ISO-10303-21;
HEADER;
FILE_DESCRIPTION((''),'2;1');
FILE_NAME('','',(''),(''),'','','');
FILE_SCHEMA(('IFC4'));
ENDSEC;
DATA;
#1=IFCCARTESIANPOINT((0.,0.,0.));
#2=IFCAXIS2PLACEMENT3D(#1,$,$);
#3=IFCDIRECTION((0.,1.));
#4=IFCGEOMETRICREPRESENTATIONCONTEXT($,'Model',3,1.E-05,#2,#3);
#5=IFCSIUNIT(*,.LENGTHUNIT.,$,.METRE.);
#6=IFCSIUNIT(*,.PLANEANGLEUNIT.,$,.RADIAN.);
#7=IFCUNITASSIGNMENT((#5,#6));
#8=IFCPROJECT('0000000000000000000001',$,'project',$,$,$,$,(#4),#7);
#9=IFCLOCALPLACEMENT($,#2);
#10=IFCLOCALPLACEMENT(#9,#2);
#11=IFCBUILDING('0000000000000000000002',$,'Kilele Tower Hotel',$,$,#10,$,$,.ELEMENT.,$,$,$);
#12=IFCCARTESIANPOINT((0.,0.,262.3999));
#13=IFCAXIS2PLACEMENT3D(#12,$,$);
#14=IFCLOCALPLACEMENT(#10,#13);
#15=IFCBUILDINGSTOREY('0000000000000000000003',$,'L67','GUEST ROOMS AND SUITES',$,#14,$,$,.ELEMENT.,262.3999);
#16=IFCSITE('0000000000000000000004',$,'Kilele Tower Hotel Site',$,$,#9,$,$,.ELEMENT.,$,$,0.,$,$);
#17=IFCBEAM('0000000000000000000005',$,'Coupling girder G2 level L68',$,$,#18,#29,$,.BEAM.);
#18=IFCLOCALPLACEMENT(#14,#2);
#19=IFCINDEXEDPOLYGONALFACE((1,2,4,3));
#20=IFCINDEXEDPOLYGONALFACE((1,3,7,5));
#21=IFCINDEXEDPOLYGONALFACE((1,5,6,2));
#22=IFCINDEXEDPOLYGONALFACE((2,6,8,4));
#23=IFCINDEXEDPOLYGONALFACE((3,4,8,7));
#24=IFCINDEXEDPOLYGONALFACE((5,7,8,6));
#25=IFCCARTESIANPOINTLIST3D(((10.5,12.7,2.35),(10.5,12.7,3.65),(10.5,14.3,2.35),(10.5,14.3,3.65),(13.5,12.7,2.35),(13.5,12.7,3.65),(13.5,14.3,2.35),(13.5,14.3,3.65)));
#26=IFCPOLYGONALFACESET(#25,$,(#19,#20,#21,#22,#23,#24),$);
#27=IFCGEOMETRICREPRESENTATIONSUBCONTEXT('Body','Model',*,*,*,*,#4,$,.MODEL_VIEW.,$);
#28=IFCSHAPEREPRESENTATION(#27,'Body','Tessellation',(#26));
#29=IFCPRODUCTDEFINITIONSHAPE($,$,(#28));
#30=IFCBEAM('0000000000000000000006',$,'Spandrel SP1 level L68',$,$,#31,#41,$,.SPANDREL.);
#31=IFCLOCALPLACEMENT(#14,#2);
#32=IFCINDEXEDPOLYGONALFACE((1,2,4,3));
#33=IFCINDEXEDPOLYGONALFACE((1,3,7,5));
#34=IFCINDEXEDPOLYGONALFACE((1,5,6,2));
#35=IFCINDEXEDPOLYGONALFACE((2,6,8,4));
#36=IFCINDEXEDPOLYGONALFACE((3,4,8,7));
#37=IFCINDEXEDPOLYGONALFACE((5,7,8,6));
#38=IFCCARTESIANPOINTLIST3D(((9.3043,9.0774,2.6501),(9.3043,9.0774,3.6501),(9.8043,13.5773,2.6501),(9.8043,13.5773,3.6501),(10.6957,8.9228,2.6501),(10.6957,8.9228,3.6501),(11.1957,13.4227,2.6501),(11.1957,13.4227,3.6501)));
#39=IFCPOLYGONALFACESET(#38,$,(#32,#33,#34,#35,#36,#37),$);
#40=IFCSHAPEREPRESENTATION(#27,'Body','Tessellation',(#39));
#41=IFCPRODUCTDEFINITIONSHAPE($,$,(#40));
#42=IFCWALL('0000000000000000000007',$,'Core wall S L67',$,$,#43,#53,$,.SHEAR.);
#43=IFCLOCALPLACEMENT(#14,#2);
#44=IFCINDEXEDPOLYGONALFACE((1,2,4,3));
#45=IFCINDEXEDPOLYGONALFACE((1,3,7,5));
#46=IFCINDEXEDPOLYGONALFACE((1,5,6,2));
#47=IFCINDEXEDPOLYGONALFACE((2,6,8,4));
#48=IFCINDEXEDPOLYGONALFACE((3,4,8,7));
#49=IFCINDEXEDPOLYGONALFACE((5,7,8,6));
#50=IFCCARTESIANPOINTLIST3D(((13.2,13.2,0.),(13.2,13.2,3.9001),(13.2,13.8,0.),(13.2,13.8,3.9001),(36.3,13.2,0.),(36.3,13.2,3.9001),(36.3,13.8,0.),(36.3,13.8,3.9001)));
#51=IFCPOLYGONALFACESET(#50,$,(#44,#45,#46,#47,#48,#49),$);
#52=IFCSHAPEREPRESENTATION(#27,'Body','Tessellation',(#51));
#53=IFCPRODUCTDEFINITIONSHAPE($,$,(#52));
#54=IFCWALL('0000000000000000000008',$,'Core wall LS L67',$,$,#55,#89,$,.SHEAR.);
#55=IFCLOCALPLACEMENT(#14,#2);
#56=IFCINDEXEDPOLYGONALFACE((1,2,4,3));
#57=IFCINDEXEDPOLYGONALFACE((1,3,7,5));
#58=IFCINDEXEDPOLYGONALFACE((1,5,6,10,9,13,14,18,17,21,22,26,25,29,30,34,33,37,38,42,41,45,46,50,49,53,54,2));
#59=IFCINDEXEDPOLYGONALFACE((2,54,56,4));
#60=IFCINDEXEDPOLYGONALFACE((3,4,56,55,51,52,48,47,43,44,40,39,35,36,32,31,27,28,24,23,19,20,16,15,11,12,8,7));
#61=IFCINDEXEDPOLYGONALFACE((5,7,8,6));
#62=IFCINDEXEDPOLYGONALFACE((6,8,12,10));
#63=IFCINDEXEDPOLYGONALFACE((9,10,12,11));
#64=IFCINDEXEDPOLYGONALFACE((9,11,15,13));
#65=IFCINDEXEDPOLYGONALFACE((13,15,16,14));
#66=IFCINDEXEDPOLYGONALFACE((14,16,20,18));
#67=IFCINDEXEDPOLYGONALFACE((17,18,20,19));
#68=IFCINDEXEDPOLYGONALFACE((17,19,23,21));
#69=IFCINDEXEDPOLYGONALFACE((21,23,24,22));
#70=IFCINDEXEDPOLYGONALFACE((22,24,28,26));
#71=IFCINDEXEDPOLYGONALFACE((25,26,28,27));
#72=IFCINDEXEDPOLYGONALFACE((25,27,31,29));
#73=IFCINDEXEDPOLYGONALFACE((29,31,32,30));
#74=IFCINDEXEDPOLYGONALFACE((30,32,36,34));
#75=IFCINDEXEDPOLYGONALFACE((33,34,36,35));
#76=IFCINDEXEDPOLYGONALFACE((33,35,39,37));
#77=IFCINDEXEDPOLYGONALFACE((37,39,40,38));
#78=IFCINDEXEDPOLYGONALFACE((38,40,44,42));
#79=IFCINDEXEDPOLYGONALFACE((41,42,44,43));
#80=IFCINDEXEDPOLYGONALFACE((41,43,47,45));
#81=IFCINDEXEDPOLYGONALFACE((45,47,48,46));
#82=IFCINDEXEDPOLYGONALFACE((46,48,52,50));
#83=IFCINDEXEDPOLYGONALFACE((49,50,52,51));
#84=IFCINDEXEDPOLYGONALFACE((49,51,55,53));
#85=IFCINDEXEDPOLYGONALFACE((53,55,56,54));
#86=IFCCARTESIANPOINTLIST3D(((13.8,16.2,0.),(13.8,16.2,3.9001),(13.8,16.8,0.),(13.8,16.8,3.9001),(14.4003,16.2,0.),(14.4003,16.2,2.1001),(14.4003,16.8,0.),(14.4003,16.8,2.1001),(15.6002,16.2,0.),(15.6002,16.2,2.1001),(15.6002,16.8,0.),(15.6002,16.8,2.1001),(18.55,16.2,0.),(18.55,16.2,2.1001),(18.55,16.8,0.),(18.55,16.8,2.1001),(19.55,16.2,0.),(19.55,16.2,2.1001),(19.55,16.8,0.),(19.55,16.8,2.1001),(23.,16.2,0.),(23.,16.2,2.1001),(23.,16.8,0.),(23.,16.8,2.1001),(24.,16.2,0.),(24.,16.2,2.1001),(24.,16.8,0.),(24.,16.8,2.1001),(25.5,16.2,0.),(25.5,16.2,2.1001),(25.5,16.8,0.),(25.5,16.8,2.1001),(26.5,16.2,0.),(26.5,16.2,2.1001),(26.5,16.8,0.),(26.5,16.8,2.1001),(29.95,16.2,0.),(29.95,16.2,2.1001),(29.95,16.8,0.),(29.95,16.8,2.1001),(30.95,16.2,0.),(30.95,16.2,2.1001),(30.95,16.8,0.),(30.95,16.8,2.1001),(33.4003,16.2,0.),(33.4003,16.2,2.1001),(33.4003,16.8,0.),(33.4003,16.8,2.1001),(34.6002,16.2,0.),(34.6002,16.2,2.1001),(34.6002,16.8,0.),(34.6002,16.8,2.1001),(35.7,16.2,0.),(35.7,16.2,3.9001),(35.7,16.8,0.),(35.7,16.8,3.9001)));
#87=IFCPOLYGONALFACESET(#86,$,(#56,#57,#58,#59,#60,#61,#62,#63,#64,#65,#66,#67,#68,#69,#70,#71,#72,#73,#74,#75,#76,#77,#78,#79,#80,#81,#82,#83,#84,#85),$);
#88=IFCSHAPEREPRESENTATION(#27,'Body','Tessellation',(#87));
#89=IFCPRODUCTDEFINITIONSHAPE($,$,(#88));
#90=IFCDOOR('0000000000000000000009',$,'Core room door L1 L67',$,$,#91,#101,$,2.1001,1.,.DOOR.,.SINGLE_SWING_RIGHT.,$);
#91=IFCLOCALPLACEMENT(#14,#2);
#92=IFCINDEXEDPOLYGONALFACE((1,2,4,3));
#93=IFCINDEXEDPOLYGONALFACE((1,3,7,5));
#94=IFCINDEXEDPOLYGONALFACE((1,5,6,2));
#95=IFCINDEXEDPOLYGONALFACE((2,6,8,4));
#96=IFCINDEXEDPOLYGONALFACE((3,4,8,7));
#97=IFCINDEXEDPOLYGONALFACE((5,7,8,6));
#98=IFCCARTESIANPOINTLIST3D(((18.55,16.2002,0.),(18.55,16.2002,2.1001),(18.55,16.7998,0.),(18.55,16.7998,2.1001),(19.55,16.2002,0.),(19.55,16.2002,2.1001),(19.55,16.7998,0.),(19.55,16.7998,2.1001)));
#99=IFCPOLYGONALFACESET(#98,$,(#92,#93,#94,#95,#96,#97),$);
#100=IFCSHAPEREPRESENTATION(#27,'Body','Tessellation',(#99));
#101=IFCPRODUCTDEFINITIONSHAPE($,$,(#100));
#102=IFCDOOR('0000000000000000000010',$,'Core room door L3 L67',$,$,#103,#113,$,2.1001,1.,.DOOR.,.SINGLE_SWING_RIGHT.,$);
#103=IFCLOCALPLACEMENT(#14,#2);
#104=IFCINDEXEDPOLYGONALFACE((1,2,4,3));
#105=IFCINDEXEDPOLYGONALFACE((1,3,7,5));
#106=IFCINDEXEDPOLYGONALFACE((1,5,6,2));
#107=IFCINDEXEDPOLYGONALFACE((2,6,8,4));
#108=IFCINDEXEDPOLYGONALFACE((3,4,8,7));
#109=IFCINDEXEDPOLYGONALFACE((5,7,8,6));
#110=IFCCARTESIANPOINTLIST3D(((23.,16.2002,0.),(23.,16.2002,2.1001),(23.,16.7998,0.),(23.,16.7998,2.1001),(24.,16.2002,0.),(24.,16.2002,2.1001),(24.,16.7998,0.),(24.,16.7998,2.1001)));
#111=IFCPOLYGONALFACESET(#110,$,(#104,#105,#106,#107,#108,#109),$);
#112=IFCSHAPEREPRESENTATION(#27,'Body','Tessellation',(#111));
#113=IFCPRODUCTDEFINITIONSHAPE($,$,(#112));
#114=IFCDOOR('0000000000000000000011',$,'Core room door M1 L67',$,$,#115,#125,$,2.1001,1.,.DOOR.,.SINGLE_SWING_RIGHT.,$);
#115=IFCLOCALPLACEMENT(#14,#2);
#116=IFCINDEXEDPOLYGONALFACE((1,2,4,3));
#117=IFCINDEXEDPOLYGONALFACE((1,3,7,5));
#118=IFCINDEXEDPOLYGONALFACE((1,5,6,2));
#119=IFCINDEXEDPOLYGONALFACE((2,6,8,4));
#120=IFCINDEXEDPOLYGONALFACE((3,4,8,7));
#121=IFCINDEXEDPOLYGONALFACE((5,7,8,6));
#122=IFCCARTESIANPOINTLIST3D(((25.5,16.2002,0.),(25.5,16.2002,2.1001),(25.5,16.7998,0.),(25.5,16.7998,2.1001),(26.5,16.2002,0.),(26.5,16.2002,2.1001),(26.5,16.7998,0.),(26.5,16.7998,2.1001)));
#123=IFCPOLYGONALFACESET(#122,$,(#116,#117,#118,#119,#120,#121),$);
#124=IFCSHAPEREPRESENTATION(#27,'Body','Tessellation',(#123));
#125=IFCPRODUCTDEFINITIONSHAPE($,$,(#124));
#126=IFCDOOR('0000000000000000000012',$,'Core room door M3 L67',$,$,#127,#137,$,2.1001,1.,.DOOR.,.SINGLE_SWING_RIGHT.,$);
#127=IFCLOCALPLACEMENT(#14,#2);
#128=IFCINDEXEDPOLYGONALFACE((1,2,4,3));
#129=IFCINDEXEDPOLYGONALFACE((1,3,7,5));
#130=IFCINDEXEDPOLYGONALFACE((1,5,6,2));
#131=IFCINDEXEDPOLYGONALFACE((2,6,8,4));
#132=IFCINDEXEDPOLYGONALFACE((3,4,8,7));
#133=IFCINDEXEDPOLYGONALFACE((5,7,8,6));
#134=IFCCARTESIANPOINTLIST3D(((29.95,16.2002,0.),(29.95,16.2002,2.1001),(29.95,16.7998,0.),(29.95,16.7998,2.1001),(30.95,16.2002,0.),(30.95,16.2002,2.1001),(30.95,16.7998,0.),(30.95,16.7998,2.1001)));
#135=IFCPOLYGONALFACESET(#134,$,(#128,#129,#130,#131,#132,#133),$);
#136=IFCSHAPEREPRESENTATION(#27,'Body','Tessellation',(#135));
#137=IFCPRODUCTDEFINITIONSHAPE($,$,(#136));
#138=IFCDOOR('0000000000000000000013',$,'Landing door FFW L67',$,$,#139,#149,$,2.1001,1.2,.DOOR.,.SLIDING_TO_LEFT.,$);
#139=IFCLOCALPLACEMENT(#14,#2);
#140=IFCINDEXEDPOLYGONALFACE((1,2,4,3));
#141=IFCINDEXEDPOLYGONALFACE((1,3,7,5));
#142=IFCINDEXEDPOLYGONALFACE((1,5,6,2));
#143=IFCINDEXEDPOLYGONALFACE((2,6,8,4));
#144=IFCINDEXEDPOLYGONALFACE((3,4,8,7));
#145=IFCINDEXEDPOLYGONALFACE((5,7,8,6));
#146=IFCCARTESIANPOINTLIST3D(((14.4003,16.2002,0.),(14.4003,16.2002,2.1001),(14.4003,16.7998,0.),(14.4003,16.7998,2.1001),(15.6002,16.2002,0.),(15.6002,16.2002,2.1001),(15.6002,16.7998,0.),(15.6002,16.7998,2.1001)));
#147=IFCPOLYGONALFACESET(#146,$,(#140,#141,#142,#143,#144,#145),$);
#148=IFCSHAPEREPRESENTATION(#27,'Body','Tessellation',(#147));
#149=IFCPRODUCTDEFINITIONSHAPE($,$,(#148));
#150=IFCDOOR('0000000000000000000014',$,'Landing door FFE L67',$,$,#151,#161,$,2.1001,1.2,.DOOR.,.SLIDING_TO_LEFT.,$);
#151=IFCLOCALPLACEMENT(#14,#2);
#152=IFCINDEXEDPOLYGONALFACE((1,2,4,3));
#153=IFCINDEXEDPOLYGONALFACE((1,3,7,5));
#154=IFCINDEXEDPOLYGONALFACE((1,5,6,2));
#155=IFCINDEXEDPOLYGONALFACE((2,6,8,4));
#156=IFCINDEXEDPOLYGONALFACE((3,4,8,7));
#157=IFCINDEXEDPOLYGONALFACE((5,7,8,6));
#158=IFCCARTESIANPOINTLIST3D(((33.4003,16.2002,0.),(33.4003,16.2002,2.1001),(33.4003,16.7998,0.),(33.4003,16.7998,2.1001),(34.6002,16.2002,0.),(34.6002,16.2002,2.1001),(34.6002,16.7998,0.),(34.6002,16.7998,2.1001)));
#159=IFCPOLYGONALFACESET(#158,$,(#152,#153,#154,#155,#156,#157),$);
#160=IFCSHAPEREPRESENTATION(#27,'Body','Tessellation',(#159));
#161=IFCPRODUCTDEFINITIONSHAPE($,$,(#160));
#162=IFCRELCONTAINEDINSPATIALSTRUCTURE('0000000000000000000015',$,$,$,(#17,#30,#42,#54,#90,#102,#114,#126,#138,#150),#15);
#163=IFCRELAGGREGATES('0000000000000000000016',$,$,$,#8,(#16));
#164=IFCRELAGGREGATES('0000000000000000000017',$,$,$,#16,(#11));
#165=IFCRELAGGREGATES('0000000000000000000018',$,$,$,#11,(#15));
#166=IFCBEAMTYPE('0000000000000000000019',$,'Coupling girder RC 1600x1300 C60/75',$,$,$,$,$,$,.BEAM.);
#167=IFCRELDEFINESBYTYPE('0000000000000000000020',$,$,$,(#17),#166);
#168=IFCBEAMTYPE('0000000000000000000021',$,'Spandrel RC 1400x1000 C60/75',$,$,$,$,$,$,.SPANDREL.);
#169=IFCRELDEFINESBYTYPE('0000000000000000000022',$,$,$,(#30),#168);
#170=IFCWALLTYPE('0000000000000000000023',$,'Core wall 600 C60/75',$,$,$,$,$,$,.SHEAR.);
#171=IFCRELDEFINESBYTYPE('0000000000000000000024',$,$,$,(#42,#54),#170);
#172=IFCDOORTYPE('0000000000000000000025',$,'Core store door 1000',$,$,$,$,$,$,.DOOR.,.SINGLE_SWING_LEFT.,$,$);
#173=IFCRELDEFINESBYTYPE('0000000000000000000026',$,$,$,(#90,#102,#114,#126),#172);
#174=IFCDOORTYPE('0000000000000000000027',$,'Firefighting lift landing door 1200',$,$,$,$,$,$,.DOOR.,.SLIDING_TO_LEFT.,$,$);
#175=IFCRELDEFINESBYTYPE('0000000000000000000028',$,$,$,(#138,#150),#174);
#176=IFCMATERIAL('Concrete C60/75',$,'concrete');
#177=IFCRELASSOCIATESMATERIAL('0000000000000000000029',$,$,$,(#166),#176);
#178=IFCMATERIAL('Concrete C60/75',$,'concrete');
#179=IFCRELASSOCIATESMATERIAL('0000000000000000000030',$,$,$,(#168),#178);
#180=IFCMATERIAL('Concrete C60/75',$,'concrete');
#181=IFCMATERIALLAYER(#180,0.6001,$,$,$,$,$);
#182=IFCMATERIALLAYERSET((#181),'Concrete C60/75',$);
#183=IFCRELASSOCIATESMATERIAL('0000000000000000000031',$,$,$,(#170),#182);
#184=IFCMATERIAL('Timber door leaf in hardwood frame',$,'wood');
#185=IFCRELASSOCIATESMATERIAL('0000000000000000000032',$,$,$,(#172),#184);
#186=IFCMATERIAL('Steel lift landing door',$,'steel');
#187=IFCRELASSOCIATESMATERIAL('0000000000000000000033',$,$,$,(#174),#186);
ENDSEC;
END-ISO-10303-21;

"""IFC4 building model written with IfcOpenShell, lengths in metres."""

from ifc_helpers import new_model, si_unit, direction, frame, frame_2d, origin, origin_2d, place, context, subcontext, project, spatial, rectangle, extrude, material, layer, layer_set, material_profile, profile_set, type_object, element, fill, save


model = new_model("IFC4")

# Units and contexts
model_context = context("Model", 3, precision=1e-05, world=origin(), true_north=direction((0.0, 1.0)))
body_context = subcontext(model_context, "Body", "Model", "MODEL_VIEW")
ifc_project = project(units=[si_unit("LENGTHUNIT", "METRE"), si_unit("PLANEANGLEUNIT", "RADIAN")], contexts=[model_context])

# Site, building, storey
site_placement = place(None, origin())
site = spatial("IfcSite", under=ifc_project, at=site_placement, Name="Kilele Tower Hotel Site", CompositionType="ELEMENT", RefElevation=0.0)
building_placement = place(site_placement, origin())
building = spatial("IfcBuilding", under=site, at=building_placement, Name="Kilele Tower Hotel", CompositionType="ELEMENT")
storey_placement = place(building_placement, frame((0.0, 0.0, 262.3999)))
storey = spatial("IfcBuildingStorey", under=building, at=storey_placement, Name="L67", Description="GUEST ROOMS AND SUITES", CompositionType="ELEMENT", Elevation=262.3999)

# Beams
ifc_material_1 = material(Name="Concrete C60/75", Category="concrete")
ifc_material_profile_1 = material_profile(ifc_material_1, rectangle(XDim=1.6001, YDim=1.3, at=origin_2d()))
ifc_profile_set_1 = profile_set([ifc_material_profile_1], Name="Concrete C60/75")
beam_type_1 = type_object("IfcBeamType", Name="Coupling girder RC 1600x1300 C60/75", PredefinedType="BEAM", material=ifc_profile_set_1)
beam_1_placement = place(storey_placement, frame((10.5, 13.5, 3.0), z_axis=(1.0, 0.0, 0.0), x_axis=(0.0, 1.0, 0.0)))
element("IfcBeam", 1, at=beam_1_placement, inside=storey, type_object=beam_type_1, Name="Coupling girder G2 level L68", PredefinedType="BEAM", context=body_context, shape_type="SweptSolid", body=[
    extrude(rectangle(XDim=1.6001, YDim=1.3, at=origin_2d()), origin(), (0.0, 0.0, 1.0), 3.0),
])
ifc_material_2 = material(Name="Concrete C60/75", Category="concrete")
ifc_material_profile_2 = material_profile(ifc_material_2, rectangle(XDim=1.3999, YDim=1.0, at=origin_2d()))
ifc_profile_set_2 = profile_set([ifc_material_profile_2], Name="Concrete C60/75")
beam_type_2 = type_object("IfcBeamType", Name="Spandrel RC 1400x1000 C60/75", PredefinedType="SPANDREL", material=ifc_profile_set_2)
beam_2_placement = place(storey_placement, frame((10.5, 13.5, 3.1501), z_axis=(-0.110432, -0.993884, 0.0), x_axis=(0.993884, -0.110432, 0.0)))
element("IfcBeam", 2, at=beam_2_placement, inside=storey, type_object=beam_type_2, Name="Spandrel SP1 level L68", PredefinedType="SPANDREL", context=body_context, shape_type="SweptSolid", body=[
    extrude(rectangle(XDim=1.3999, YDim=1.0, at=origin_2d()), origin(), (0.0, 0.0, 1.0), 4.5276),
])

# Wall
ifc_material_3 = material(Name="Concrete C60/75", Category="concrete")
ifc_layer = layer(ifc_material_3, 0.6001)
ifc_layer_set = layer_set([ifc_layer], Name="Concrete C60/75")
wall_type = type_object("IfcWallType", Name="Core wall 600 C60/75", PredefinedType="SHEAR", material=ifc_layer_set)
wall_1_placement = place(storey_placement, frame((13.2, 13.5, 0.0), z_axis=(0.0, 0.0, 1.0), x_axis=(1.0, 0.0, 0.0)))
element("IfcWall", 3, at=wall_1_placement, inside=storey, type_object=wall_type, Name="Core wall S L67", PredefinedType="SHEAR", context=body_context, shape_type="SweptSolid", body=[
    extrude(rectangle(XDim=23.1001, YDim=0.6001, at=frame_2d((11.55, 0.0))), origin(), (0.0, 0.0, 1.0), 3.9001),
])

# Wall, openings, doors
wall_2_placement = place(storey_placement, frame((13.8, 16.5, 0.0), z_axis=(0.0, 0.0, 1.0), x_axis=(1.0, 0.0, 0.0)))
wall_2 = element("IfcWall", 4, at=wall_2_placement, inside=storey, type_object=wall_type, Name="Core wall LS L67", PredefinedType="SHEAR", context=body_context, shape_type="SweptSolid", body=[
    extrude(rectangle(XDim=21.8999, YDim=0.6001, at=frame_2d((10.95, 0.0))), origin(), (0.0, 0.0, 1.0), 3.9001),
])
opening_1_placement = place(wall_2_placement, frame((5.75, 0.0, 0.0), z_axis=(0.0, 0.0, 1.0), x_axis=(-1.0, 0.0, 0.0)))
opening_1 = element("IfcOpeningElement", 5, at=opening_1_placement, cuts=wall_2, PredefinedType="OPENING", context=body_context, shape_type="SweptSolid", body=[
    extrude(rectangle(XDim=1.0, YDim=2.1001, at=frame_2d((0.5, 1.05))), frame((0.0, 0.3101, 0.0), z_axis=(0.0, -1.0, 0.0), x_axis=(1.0, 0.0, 0.0)), (0.0, 0.0, 1.0), 0.6201),
])
opening_2_placement = place(wall_2_placement, frame((10.2, 0.0, 0.0), z_axis=(0.0, 0.0, 1.0), x_axis=(-1.0, 0.0, 0.0)))
opening_2 = element("IfcOpeningElement", 6, at=opening_2_placement, cuts=wall_2, PredefinedType="OPENING", context=body_context, shape_type="SweptSolid", body=[
    extrude(rectangle(XDim=1.0, YDim=2.1001, at=frame_2d((0.5, 1.05))), frame((0.0, 0.3101, 0.0), z_axis=(0.0, -1.0, 0.0), x_axis=(1.0, 0.0, 0.0)), (0.0, 0.0, 1.0), 0.6201),
])
opening_3_placement = place(wall_2_placement, frame((12.7, 0.0, 0.0), z_axis=(0.0, 0.0, 1.0), x_axis=(-1.0, 0.0, 0.0)))
opening_3 = element("IfcOpeningElement", 7, at=opening_3_placement, cuts=wall_2, PredefinedType="OPENING", context=body_context, shape_type="SweptSolid", body=[
    extrude(rectangle(XDim=1.0, YDim=2.1001, at=frame_2d((0.5, 1.05))), frame((0.0, 0.3101, 0.0), z_axis=(0.0, -1.0, 0.0), x_axis=(1.0, 0.0, 0.0)), (0.0, 0.0, 1.0), 0.6201),
])
opening_4_placement = place(wall_2_placement, frame((17.1499, 0.0, 0.0), z_axis=(0.0, 0.0, 1.0), x_axis=(-1.0, 0.0, 0.0)))
opening_4 = element("IfcOpeningElement", 8, at=opening_4_placement, cuts=wall_2, PredefinedType="OPENING", context=body_context, shape_type="SweptSolid", body=[
    extrude(rectangle(XDim=1.0, YDim=2.1001, at=frame_2d((0.5, 1.05))), frame((0.0, 0.3101, 0.0), z_axis=(0.0, -1.0, 0.0), x_axis=(1.0, 0.0, 0.0)), (0.0, 0.0, 1.0), 0.6201),
])
opening_5_placement = place(wall_2_placement, frame((0.6001, 0.0, 0.0)))
opening_5 = element("IfcOpeningElement", 9, at=opening_5_placement, cuts=wall_2, PredefinedType="OPENING", context=body_context, shape_type="SweptSolid", body=[
    extrude(rectangle(XDim=1.2, YDim=2.1001, at=frame_2d((0.6001, 1.05))), frame((0.0, 0.3101, 0.0), z_axis=(0.0, -1.0, 0.0), x_axis=(1.0, 0.0, 0.0)), (0.0, 0.0, 1.0), 0.6201),
])
opening_6_placement = place(wall_2_placement, frame((19.6001, 0.0, 0.0)))
opening_6 = element("IfcOpeningElement", 10, at=opening_6_placement, cuts=wall_2, PredefinedType="OPENING", context=body_context, shape_type="SweptSolid", body=[
    extrude(rectangle(XDim=1.2, YDim=2.1001, at=frame_2d((0.6001, 1.05))), frame((0.0, 0.3101, 0.0), z_axis=(0.0, -1.0, 0.0), x_axis=(1.0, 0.0, 0.0)), (0.0, 0.0, 1.0), 0.6201),
])
ifc_material_4 = material(Name="Timber door leaf in hardwood frame", Category="wood")
door_type_1 = type_object("IfcDoorType", Name="Core store door 1000", OperationType="SINGLE_SWING_LEFT", PredefinedType="DOOR", material=ifc_material_4)
door_1_placement = place(opening_1_placement, origin())
door_1 = element("IfcDoor", 11, at=door_1_placement, inside=storey, type_object=door_type_1, Name="Core room door L1 L67", OperationType="SINGLE_SWING_RIGHT", OverallHeight=2.1001, OverallWidth=1.0, PredefinedType="DOOR", context=body_context, shape_type="SweptSolid", body=[
    extrude(rectangle(XDim=1.0, YDim=2.1001, at=frame_2d((0.5, 1.05))), frame((0.0, 0.2998, 0.0), z_axis=(0.0, -1.0, 0.0), x_axis=(1.0, 0.0, 0.0)), (0.0, 0.0, 1.0), 0.5996),
])
fill(opening_1, door_1)
door_2_placement = place(opening_2_placement, origin())
door_2 = element("IfcDoor", 12, at=door_2_placement, inside=storey, type_object=door_type_1, Name="Core room door L3 L67", OperationType="SINGLE_SWING_RIGHT", OverallHeight=2.1001, OverallWidth=1.0, PredefinedType="DOOR", context=body_context, shape_type="SweptSolid", body=[
    extrude(rectangle(XDim=1.0, YDim=2.1001, at=frame_2d((0.5, 1.05))), frame((0.0, 0.2998, 0.0), z_axis=(0.0, -1.0, 0.0), x_axis=(1.0, 0.0, 0.0)), (0.0, 0.0, 1.0), 0.5996),
])
fill(opening_2, door_2)
door_3_placement = place(opening_3_placement, origin())
door_3 = element("IfcDoor", 13, at=door_3_placement, inside=storey, type_object=door_type_1, Name="Core room door M1 L67", OperationType="SINGLE_SWING_RIGHT", OverallHeight=2.1001, OverallWidth=1.0, PredefinedType="DOOR", context=body_context, shape_type="SweptSolid", body=[
    extrude(rectangle(XDim=1.0, YDim=2.1001, at=frame_2d((0.5, 1.05))), frame((0.0, 0.2998, 0.0), z_axis=(0.0, -1.0, 0.0), x_axis=(1.0, 0.0, 0.0)), (0.0, 0.0, 1.0), 0.5996),
])
fill(opening_3, door_3)
door_4_placement = place(opening_4_placement, origin())
door_4 = element("IfcDoor", 14, at=door_4_placement, inside=storey, type_object=door_type_1, Name="Core room door M3 L67", OperationType="SINGLE_SWING_RIGHT", OverallHeight=2.1001, OverallWidth=1.0, PredefinedType="DOOR", context=body_context, shape_type="SweptSolid", body=[
    extrude(rectangle(XDim=1.0, YDim=2.1001, at=frame_2d((0.5, 1.05))), frame((0.0, 0.2998, 0.0), z_axis=(0.0, -1.0, 0.0), x_axis=(1.0, 0.0, 0.0)), (0.0, 0.0, 1.0), 0.5996),
])
fill(opening_4, door_4)
ifc_material_5 = material(Name="Steel lift landing door", Category="steel")
door_type_2 = type_object("IfcDoorType", Name="Firefighting lift landing door 1200", OperationType="SLIDING_TO_LEFT", PredefinedType="DOOR", material=ifc_material_5)
door_5_placement = place(opening_5_placement, origin())
door_5 = element("IfcDoor", 15, at=door_5_placement, inside=storey, type_object=door_type_2, Name="Landing door FFW L67", OperationType="SLIDING_TO_LEFT", OverallHeight=2.1001, OverallWidth=1.2, PredefinedType="DOOR", context=body_context, shape_type="SweptSolid", body=[
    extrude(rectangle(XDim=1.2, YDim=2.1001, at=frame_2d((0.6001, 1.05))), frame((0.0, 0.2998, 0.0), z_axis=(0.0, -1.0, 0.0), x_axis=(1.0, 0.0, 0.0)), (0.0, 0.0, 1.0), 0.5996),
])
fill(opening_5, door_5)
door_6_placement = place(opening_6_placement, origin())
door_6 = element("IfcDoor", 16, at=door_6_placement, inside=storey, type_object=door_type_2, Name="Landing door FFE L67", OperationType="SLIDING_TO_LEFT", OverallHeight=2.1001, OverallWidth=1.2, PredefinedType="DOOR", context=body_context, shape_type="SweptSolid", body=[
    extrude(rectangle(XDim=1.2, YDim=2.1001, at=frame_2d((0.6001, 1.05))), frame((0.0, 0.2998, 0.0), z_axis=(0.0, -1.0, 0.0), x_axis=(1.0, 0.0, 0.0)), (0.0, 0.0, 1.0), 0.5996),
])
fill(opening_6, door_6)

save(model, "model.ifc")
